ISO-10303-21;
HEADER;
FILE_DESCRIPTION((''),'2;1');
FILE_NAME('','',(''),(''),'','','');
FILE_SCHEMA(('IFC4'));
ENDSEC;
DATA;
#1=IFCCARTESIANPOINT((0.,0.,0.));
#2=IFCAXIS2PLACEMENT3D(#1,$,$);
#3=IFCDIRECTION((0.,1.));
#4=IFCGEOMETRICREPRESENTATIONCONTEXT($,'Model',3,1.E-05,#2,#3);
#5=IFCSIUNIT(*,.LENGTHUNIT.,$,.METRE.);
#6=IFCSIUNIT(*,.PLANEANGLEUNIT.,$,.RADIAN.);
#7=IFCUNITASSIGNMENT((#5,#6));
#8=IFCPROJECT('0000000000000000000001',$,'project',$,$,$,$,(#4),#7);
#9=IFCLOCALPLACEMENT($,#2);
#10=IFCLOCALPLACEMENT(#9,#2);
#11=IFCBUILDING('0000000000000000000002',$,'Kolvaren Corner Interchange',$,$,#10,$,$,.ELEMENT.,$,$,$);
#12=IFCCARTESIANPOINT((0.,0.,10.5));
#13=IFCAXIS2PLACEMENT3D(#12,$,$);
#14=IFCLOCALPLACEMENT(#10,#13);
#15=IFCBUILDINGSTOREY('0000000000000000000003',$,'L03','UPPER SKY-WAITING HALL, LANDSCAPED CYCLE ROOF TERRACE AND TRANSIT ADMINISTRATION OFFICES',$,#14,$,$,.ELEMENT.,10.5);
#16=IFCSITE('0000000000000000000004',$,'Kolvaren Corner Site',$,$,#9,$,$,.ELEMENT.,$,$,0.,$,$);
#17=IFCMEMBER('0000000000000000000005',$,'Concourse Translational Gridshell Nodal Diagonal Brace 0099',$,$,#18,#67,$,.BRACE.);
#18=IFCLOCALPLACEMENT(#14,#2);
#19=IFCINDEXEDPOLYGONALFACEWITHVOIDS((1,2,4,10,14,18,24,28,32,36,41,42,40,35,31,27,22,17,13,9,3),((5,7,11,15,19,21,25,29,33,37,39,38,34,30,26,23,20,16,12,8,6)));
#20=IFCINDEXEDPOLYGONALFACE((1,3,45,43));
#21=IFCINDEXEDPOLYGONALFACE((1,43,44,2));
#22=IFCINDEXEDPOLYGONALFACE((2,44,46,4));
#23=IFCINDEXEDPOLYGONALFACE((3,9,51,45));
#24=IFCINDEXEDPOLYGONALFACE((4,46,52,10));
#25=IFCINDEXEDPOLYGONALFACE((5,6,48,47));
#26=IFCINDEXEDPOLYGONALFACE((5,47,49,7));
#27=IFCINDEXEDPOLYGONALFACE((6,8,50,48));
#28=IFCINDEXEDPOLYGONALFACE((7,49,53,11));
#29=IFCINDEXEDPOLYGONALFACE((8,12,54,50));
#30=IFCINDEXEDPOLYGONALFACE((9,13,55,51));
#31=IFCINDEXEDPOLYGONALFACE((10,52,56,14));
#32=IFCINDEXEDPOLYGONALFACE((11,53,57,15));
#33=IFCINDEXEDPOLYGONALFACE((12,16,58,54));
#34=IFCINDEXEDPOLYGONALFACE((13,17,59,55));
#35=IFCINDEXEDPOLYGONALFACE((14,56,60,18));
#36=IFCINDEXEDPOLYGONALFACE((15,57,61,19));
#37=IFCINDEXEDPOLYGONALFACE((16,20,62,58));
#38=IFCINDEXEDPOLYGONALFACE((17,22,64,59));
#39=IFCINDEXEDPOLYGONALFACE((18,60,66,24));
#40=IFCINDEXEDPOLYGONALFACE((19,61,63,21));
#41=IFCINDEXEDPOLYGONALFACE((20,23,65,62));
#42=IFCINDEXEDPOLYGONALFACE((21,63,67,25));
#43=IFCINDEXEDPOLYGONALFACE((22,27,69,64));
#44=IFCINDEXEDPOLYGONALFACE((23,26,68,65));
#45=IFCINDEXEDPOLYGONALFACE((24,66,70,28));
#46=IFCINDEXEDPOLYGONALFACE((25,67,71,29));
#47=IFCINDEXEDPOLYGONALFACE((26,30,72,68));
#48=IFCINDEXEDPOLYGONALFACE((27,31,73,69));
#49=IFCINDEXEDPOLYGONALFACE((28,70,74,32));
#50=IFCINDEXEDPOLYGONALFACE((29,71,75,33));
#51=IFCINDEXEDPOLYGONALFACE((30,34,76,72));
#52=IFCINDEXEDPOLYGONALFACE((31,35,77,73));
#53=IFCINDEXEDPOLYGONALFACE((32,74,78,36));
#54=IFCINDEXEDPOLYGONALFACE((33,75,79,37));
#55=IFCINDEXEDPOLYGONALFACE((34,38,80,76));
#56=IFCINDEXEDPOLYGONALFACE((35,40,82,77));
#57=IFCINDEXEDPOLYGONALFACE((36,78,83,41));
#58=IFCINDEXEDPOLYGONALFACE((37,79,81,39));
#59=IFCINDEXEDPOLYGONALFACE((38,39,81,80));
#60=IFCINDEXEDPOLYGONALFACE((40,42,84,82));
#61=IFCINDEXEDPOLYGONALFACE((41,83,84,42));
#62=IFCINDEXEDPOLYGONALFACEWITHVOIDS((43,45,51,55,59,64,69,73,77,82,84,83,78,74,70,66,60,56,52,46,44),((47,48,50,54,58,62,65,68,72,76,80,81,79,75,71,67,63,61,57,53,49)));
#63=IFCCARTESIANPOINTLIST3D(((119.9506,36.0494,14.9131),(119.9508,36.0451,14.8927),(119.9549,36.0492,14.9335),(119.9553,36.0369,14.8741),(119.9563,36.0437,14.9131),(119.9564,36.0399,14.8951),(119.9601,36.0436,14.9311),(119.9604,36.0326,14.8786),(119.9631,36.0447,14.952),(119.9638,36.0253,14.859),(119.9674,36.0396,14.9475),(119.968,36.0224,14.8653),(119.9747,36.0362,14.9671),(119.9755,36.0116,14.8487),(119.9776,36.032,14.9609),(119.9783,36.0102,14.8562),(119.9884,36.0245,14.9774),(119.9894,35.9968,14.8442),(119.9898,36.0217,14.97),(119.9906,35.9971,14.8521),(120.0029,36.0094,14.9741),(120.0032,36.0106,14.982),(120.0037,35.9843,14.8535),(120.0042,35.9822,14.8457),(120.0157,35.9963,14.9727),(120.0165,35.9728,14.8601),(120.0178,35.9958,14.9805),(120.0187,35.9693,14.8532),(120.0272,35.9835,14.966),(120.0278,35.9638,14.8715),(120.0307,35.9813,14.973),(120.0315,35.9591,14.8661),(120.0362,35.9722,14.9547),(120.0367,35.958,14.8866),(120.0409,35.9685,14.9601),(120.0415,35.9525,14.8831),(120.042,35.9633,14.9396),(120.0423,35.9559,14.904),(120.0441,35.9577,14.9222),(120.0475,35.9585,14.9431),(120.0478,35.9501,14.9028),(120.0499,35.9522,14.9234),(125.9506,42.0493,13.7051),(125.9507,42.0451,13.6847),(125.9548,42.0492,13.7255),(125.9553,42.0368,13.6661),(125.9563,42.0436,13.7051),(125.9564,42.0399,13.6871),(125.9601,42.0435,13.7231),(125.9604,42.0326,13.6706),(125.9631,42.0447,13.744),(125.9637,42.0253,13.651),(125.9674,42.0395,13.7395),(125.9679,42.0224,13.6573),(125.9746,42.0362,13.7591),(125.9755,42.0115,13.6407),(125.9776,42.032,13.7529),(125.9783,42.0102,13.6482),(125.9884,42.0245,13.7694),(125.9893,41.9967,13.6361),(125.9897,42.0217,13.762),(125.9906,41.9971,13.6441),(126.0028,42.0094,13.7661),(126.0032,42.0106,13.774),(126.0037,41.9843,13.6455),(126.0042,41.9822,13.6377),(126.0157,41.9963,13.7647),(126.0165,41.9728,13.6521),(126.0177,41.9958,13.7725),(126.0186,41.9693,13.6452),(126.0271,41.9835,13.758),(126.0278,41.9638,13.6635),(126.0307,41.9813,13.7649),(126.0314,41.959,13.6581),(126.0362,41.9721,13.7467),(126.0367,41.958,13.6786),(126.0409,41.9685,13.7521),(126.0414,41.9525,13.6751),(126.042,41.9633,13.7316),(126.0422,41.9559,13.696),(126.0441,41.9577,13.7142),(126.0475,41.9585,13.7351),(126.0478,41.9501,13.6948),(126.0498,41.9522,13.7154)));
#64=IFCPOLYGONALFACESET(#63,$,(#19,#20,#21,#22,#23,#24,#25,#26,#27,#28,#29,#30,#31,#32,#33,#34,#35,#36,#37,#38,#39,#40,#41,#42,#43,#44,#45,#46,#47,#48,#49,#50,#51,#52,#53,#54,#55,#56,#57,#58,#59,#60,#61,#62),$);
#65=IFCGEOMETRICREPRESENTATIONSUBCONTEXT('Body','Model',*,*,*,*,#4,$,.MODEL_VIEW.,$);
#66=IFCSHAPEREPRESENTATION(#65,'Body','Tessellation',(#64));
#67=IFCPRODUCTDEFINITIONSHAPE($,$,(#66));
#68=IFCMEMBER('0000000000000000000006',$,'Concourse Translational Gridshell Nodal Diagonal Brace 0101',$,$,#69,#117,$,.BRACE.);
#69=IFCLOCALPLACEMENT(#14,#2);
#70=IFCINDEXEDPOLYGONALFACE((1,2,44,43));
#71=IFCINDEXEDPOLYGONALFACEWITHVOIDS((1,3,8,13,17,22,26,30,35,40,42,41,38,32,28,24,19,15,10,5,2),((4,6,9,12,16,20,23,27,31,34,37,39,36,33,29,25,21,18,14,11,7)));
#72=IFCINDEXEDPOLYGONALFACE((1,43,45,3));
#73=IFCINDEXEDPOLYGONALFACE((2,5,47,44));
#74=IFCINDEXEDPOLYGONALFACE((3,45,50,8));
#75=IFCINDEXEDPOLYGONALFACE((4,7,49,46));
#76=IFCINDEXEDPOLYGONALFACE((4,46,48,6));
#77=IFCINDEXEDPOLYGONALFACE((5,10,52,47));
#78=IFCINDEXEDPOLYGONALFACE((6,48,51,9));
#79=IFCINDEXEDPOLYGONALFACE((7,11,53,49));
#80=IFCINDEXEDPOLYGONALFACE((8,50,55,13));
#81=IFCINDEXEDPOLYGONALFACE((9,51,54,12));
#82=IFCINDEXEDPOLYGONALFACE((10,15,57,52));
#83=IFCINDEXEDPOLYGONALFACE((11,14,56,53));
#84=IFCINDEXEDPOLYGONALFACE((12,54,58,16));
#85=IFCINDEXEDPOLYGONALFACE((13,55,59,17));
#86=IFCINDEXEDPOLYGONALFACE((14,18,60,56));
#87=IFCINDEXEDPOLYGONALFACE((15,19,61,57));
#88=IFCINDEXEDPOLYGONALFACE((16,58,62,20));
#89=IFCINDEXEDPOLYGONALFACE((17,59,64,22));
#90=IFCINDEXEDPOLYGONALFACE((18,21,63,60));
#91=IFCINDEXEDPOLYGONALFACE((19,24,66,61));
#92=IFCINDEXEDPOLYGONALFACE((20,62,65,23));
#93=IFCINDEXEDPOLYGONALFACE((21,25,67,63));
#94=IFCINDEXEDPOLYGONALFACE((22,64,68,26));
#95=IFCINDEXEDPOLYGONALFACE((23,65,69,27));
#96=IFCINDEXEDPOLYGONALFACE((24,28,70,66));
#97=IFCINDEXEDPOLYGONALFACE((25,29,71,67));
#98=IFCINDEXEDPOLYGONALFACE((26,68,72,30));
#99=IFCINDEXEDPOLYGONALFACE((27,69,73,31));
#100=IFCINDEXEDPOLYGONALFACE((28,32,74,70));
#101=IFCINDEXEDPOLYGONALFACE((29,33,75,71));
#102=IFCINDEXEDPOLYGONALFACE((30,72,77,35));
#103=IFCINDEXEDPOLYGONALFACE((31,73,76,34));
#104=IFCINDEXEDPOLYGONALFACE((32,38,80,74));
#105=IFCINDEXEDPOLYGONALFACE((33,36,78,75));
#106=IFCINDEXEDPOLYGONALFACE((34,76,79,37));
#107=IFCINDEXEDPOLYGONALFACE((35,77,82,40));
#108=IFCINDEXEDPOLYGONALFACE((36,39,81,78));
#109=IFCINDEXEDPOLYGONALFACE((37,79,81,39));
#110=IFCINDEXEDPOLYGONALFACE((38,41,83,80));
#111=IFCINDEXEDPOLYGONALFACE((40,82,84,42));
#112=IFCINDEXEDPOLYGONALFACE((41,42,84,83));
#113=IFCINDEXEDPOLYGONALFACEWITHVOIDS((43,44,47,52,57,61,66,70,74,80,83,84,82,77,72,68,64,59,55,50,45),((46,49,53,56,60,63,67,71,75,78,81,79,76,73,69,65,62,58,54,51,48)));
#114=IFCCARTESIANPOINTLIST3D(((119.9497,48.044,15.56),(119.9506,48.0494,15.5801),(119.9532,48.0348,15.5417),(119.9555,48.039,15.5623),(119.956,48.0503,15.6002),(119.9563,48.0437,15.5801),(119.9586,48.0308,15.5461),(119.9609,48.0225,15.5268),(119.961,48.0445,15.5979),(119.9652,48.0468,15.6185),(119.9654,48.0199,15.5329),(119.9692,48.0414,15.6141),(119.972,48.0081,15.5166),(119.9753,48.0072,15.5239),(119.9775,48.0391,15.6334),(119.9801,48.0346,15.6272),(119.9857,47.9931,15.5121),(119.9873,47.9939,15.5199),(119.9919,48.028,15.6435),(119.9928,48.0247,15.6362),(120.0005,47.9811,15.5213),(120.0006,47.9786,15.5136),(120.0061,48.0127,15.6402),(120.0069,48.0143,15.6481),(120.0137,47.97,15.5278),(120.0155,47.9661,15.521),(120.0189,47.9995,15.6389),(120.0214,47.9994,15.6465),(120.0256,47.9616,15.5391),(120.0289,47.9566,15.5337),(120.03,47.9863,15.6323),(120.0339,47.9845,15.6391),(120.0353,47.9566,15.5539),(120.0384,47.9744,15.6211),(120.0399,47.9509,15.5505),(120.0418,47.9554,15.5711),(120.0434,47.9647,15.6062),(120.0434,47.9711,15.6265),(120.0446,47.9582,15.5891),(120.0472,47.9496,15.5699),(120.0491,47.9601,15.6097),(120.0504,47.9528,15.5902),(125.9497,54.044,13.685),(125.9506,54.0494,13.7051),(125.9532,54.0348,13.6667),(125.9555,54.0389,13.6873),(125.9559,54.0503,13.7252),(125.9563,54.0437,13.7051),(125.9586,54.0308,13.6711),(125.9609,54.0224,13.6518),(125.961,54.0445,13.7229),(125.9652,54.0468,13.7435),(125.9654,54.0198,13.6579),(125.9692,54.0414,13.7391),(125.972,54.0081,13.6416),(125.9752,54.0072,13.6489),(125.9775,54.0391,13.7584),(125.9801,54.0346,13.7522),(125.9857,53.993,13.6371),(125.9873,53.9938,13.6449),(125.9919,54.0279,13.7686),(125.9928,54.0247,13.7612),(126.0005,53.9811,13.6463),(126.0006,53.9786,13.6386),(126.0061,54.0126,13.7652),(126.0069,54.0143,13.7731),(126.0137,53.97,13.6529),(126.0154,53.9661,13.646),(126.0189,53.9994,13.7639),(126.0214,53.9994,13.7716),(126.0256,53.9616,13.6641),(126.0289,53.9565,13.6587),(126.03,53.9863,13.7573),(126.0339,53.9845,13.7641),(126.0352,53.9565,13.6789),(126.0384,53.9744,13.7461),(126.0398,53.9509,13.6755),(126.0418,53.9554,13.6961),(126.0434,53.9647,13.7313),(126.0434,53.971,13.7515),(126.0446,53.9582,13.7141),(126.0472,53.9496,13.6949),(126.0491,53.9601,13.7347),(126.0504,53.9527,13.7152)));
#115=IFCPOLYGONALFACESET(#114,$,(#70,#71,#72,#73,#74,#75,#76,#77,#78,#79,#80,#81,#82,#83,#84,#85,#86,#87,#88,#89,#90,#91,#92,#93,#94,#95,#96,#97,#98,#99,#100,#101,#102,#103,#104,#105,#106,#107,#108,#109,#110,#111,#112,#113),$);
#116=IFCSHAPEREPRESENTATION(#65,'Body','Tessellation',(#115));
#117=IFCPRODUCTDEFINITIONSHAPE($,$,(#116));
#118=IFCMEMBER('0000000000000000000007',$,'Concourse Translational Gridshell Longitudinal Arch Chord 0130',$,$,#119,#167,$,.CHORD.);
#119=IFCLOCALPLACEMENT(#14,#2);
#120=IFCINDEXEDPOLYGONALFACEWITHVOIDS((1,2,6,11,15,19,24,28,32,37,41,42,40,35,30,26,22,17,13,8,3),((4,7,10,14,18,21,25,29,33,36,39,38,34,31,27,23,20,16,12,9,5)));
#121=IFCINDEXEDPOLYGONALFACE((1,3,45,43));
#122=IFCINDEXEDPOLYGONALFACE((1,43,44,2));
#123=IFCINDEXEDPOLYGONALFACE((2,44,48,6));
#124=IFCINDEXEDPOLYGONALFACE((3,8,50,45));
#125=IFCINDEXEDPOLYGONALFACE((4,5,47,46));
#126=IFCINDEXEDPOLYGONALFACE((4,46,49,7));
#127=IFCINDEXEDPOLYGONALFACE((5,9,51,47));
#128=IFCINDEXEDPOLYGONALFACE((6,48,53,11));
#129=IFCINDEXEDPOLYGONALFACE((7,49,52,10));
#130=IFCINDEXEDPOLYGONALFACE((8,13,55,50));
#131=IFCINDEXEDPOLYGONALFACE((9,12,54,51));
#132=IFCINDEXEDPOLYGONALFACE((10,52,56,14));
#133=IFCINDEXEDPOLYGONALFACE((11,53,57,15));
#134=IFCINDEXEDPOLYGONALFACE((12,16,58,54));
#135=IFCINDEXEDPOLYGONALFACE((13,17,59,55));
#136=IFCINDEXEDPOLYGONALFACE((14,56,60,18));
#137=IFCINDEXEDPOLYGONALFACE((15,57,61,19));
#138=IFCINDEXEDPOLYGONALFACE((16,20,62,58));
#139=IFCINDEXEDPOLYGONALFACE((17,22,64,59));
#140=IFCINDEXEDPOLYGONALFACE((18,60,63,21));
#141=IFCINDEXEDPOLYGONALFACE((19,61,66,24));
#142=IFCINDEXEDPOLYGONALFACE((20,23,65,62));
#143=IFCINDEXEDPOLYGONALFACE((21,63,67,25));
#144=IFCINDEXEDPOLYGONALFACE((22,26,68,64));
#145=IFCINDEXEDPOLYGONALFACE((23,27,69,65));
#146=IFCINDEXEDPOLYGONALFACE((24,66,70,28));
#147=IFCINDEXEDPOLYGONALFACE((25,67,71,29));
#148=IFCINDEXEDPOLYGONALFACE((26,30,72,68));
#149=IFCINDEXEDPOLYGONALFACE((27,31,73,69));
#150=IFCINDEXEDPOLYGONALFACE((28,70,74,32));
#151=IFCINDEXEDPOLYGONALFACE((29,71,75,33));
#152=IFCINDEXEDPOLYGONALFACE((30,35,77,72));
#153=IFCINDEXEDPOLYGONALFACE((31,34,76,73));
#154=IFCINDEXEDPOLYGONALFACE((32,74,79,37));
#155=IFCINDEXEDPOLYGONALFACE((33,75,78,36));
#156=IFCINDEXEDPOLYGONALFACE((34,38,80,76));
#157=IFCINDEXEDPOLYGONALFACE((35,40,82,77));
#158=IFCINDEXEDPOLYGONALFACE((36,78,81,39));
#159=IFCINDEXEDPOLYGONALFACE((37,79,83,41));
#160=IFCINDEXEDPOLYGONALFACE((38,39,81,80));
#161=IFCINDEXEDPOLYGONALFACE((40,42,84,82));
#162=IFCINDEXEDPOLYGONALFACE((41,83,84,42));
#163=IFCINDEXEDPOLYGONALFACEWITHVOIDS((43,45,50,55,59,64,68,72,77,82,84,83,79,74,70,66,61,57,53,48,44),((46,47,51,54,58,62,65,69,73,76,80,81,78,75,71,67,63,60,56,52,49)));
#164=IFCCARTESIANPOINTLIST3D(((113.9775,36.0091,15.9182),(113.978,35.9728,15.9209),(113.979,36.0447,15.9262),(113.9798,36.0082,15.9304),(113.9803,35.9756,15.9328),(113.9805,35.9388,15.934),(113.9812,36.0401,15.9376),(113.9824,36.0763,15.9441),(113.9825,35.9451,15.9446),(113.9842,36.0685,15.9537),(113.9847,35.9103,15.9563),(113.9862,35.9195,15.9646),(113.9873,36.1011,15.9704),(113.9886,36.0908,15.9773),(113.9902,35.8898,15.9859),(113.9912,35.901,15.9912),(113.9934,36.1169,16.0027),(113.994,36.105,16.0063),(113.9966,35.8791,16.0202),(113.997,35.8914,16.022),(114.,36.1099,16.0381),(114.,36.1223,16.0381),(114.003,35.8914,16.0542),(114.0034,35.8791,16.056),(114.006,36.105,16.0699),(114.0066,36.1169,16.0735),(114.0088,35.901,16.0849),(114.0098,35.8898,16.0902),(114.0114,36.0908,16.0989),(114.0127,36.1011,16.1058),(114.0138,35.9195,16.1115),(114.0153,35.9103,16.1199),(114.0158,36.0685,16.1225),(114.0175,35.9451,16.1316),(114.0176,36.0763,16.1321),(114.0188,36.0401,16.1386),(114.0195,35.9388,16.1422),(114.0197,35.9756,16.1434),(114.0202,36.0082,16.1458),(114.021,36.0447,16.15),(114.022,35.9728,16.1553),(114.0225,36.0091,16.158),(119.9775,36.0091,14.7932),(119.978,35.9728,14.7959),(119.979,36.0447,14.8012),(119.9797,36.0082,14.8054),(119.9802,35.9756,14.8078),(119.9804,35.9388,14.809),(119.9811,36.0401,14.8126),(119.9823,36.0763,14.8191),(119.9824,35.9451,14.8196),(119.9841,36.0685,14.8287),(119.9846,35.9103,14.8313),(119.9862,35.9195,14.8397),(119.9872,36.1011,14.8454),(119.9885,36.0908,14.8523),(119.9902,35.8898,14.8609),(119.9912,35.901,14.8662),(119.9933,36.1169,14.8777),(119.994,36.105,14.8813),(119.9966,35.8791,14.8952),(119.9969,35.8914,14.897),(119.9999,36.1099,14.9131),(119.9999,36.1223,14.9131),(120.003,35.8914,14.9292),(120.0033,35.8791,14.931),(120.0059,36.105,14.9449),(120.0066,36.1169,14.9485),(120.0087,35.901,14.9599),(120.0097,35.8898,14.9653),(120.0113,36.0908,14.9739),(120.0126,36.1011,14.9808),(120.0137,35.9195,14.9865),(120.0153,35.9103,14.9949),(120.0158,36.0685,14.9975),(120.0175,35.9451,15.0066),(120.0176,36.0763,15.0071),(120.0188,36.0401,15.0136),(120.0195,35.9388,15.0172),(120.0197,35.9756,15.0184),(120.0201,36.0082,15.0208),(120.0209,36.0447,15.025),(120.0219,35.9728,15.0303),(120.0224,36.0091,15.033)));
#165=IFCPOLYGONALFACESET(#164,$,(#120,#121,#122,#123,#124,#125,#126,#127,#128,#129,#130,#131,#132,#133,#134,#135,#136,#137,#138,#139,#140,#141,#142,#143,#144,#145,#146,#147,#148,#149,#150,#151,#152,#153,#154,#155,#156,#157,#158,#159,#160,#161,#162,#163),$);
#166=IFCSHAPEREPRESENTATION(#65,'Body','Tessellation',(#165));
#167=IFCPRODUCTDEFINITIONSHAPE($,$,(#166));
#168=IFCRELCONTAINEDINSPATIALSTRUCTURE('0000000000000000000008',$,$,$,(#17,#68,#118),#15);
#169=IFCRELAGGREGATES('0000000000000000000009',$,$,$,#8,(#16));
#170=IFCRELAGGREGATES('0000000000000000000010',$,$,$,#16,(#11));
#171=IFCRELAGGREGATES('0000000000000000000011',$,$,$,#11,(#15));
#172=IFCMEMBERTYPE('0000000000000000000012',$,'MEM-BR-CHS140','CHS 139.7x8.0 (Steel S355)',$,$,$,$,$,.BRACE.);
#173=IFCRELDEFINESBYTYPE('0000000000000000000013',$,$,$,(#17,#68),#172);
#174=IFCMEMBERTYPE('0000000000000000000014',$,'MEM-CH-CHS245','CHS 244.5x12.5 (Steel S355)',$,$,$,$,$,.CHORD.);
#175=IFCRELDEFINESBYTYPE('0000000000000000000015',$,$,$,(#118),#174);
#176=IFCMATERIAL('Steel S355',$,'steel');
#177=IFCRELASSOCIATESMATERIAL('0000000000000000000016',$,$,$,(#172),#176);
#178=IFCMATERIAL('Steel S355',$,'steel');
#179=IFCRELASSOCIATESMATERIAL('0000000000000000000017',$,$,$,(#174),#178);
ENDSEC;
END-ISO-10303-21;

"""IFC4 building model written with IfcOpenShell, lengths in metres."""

from ifc_helpers import new_model, si_unit, direction, frame, origin, origin_2d, place, context, subcontext, project, spatial, hollow_circle, extrude, material, material_profile, profile_set, type_object, element, save


model = new_model("IFC4")

# Units and contexts
model_context = context("Model", 3, precision=1e-05, world=origin(), true_north=direction((0.0, 1.0)))
body_context = subcontext(model_context, "Body", "Model", "MODEL_VIEW")
ifc_project = project(units=[si_unit("LENGTHUNIT", "METRE"), si_unit("PLANEANGLEUNIT", "RADIAN")], contexts=[model_context])

# Site, building, storey
site_placement = place(None, origin())
site = spatial("IfcSite", under=ifc_project, at=site_placement, Name="Kolvaren Corner Site", CompositionType="ELEMENT", RefElevation=0.0)
building_placement = place(site_placement, origin())
building = spatial("IfcBuilding", under=site, at=building_placement, Name="Kolvaren Corner Interchange", CompositionType="ELEMENT")
storey_placement = place(building_placement, frame((0.0, 0.0, 10.5)))
storey = spatial("IfcBuildingStorey", under=building, at=storey_placement, Name="L03", Description="UPPER SKY-WAITING HALL, LANDSCAPED CYCLE ROOF TERRACE AND TRANSIT ADMINISTRATION OFFICES", CompositionType="ELEMENT", Elevation=10.5)

# Members
ifc_material_1 = material(Name="Steel S355", Category="steel")
ifc_material_profile_1 = material_profile(ifc_material_1, hollow_circle(Radius=0.0698, WallThickness=0.0081, at=origin_2d()), Name="CHS 139.7x8.0")
ifc_profile_set_1 = profile_set([ifc_material_profile_1], Name="Steel S355")
member_type_1 = type_object("IfcMemberType", Name="MEM-BR-CHS140", Description="CHS 139.7x8.0 (Steel S355)", PredefinedType="BRACE", material=ifc_profile_set_1)
member_1_placement = place(storey_placement, frame((120.0, 36.0, 14.9131), z_axis=(0.700048, 0.700048, -0.140944), x_axis=(-0.707107, 0.707107, 0.0)))
element("IfcMember", 1, at=member_1_placement, inside=storey, type_object=member_type_1, Name="Concourse Translational Gridshell Nodal Diagonal Brace 0099", PredefinedType="BRACE", context=body_context, shape_type="SweptSolid", body=[
    extrude(hollow_circle(Radius=0.0698, WallThickness=0.0081, at=origin_2d()), origin(), (0.0, 0.0, 1.0), 8.5708),
])
member_2_placement = place(storey_placement, frame((120.0, 48.0, 15.5801), z_axis=(0.690451, 0.690451, -0.215766), x_axis=(-0.707107, 0.707107, 0.0)))
element("IfcMember", 2, at=member_2_placement, inside=storey, type_object=member_type_1, Name="Concourse Translational Gridshell Nodal Diagonal Brace 0101", PredefinedType="BRACE", context=body_context, shape_type="SweptSolid", body=[
    extrude(hollow_circle(Radius=0.0698, WallThickness=0.0081, at=origin_2d()), origin(), (0.0, 0.0, 1.0), 8.6899),
])
ifc_material_2 = material(Name="Steel S355", Category="steel")
ifc_material_profile_2 = material_profile(ifc_material_2, hollow_circle(Radius=0.1223, WallThickness=0.0125, at=origin_2d()), Name="CHS 244.5x12.5")
ifc_profile_set_2 = profile_set([ifc_material_profile_2], Name="Steel S355")
member_type_2 = type_object("IfcMemberType", Name="MEM-CH-CHS245", Description="CHS 244.5x12.5 (Steel S355)", PredefinedType="CHORD", material=ifc_profile_set_2)
member_3_placement = place(storey_placement, frame((114.0, 36.0, 16.0381), z_axis=(0.982872, 0.0, -0.184289), x_axis=(0.0, 1.0, 0.0)))
element("IfcMember", 3, at=member_3_placement, inside=storey, type_object=member_type_2, Name="Concourse Translational Gridshell Longitudinal Arch Chord 0130", PredefinedType="CHORD", context=body_context, shape_type="SweptSolid", body=[
    extrude(hollow_circle(Radius=0.1223, WallThickness=0.0125, at=origin_2d()), origin(), (0.0, 0.0, 1.0), 6.1045),
])

save(model, "model.ifc")
